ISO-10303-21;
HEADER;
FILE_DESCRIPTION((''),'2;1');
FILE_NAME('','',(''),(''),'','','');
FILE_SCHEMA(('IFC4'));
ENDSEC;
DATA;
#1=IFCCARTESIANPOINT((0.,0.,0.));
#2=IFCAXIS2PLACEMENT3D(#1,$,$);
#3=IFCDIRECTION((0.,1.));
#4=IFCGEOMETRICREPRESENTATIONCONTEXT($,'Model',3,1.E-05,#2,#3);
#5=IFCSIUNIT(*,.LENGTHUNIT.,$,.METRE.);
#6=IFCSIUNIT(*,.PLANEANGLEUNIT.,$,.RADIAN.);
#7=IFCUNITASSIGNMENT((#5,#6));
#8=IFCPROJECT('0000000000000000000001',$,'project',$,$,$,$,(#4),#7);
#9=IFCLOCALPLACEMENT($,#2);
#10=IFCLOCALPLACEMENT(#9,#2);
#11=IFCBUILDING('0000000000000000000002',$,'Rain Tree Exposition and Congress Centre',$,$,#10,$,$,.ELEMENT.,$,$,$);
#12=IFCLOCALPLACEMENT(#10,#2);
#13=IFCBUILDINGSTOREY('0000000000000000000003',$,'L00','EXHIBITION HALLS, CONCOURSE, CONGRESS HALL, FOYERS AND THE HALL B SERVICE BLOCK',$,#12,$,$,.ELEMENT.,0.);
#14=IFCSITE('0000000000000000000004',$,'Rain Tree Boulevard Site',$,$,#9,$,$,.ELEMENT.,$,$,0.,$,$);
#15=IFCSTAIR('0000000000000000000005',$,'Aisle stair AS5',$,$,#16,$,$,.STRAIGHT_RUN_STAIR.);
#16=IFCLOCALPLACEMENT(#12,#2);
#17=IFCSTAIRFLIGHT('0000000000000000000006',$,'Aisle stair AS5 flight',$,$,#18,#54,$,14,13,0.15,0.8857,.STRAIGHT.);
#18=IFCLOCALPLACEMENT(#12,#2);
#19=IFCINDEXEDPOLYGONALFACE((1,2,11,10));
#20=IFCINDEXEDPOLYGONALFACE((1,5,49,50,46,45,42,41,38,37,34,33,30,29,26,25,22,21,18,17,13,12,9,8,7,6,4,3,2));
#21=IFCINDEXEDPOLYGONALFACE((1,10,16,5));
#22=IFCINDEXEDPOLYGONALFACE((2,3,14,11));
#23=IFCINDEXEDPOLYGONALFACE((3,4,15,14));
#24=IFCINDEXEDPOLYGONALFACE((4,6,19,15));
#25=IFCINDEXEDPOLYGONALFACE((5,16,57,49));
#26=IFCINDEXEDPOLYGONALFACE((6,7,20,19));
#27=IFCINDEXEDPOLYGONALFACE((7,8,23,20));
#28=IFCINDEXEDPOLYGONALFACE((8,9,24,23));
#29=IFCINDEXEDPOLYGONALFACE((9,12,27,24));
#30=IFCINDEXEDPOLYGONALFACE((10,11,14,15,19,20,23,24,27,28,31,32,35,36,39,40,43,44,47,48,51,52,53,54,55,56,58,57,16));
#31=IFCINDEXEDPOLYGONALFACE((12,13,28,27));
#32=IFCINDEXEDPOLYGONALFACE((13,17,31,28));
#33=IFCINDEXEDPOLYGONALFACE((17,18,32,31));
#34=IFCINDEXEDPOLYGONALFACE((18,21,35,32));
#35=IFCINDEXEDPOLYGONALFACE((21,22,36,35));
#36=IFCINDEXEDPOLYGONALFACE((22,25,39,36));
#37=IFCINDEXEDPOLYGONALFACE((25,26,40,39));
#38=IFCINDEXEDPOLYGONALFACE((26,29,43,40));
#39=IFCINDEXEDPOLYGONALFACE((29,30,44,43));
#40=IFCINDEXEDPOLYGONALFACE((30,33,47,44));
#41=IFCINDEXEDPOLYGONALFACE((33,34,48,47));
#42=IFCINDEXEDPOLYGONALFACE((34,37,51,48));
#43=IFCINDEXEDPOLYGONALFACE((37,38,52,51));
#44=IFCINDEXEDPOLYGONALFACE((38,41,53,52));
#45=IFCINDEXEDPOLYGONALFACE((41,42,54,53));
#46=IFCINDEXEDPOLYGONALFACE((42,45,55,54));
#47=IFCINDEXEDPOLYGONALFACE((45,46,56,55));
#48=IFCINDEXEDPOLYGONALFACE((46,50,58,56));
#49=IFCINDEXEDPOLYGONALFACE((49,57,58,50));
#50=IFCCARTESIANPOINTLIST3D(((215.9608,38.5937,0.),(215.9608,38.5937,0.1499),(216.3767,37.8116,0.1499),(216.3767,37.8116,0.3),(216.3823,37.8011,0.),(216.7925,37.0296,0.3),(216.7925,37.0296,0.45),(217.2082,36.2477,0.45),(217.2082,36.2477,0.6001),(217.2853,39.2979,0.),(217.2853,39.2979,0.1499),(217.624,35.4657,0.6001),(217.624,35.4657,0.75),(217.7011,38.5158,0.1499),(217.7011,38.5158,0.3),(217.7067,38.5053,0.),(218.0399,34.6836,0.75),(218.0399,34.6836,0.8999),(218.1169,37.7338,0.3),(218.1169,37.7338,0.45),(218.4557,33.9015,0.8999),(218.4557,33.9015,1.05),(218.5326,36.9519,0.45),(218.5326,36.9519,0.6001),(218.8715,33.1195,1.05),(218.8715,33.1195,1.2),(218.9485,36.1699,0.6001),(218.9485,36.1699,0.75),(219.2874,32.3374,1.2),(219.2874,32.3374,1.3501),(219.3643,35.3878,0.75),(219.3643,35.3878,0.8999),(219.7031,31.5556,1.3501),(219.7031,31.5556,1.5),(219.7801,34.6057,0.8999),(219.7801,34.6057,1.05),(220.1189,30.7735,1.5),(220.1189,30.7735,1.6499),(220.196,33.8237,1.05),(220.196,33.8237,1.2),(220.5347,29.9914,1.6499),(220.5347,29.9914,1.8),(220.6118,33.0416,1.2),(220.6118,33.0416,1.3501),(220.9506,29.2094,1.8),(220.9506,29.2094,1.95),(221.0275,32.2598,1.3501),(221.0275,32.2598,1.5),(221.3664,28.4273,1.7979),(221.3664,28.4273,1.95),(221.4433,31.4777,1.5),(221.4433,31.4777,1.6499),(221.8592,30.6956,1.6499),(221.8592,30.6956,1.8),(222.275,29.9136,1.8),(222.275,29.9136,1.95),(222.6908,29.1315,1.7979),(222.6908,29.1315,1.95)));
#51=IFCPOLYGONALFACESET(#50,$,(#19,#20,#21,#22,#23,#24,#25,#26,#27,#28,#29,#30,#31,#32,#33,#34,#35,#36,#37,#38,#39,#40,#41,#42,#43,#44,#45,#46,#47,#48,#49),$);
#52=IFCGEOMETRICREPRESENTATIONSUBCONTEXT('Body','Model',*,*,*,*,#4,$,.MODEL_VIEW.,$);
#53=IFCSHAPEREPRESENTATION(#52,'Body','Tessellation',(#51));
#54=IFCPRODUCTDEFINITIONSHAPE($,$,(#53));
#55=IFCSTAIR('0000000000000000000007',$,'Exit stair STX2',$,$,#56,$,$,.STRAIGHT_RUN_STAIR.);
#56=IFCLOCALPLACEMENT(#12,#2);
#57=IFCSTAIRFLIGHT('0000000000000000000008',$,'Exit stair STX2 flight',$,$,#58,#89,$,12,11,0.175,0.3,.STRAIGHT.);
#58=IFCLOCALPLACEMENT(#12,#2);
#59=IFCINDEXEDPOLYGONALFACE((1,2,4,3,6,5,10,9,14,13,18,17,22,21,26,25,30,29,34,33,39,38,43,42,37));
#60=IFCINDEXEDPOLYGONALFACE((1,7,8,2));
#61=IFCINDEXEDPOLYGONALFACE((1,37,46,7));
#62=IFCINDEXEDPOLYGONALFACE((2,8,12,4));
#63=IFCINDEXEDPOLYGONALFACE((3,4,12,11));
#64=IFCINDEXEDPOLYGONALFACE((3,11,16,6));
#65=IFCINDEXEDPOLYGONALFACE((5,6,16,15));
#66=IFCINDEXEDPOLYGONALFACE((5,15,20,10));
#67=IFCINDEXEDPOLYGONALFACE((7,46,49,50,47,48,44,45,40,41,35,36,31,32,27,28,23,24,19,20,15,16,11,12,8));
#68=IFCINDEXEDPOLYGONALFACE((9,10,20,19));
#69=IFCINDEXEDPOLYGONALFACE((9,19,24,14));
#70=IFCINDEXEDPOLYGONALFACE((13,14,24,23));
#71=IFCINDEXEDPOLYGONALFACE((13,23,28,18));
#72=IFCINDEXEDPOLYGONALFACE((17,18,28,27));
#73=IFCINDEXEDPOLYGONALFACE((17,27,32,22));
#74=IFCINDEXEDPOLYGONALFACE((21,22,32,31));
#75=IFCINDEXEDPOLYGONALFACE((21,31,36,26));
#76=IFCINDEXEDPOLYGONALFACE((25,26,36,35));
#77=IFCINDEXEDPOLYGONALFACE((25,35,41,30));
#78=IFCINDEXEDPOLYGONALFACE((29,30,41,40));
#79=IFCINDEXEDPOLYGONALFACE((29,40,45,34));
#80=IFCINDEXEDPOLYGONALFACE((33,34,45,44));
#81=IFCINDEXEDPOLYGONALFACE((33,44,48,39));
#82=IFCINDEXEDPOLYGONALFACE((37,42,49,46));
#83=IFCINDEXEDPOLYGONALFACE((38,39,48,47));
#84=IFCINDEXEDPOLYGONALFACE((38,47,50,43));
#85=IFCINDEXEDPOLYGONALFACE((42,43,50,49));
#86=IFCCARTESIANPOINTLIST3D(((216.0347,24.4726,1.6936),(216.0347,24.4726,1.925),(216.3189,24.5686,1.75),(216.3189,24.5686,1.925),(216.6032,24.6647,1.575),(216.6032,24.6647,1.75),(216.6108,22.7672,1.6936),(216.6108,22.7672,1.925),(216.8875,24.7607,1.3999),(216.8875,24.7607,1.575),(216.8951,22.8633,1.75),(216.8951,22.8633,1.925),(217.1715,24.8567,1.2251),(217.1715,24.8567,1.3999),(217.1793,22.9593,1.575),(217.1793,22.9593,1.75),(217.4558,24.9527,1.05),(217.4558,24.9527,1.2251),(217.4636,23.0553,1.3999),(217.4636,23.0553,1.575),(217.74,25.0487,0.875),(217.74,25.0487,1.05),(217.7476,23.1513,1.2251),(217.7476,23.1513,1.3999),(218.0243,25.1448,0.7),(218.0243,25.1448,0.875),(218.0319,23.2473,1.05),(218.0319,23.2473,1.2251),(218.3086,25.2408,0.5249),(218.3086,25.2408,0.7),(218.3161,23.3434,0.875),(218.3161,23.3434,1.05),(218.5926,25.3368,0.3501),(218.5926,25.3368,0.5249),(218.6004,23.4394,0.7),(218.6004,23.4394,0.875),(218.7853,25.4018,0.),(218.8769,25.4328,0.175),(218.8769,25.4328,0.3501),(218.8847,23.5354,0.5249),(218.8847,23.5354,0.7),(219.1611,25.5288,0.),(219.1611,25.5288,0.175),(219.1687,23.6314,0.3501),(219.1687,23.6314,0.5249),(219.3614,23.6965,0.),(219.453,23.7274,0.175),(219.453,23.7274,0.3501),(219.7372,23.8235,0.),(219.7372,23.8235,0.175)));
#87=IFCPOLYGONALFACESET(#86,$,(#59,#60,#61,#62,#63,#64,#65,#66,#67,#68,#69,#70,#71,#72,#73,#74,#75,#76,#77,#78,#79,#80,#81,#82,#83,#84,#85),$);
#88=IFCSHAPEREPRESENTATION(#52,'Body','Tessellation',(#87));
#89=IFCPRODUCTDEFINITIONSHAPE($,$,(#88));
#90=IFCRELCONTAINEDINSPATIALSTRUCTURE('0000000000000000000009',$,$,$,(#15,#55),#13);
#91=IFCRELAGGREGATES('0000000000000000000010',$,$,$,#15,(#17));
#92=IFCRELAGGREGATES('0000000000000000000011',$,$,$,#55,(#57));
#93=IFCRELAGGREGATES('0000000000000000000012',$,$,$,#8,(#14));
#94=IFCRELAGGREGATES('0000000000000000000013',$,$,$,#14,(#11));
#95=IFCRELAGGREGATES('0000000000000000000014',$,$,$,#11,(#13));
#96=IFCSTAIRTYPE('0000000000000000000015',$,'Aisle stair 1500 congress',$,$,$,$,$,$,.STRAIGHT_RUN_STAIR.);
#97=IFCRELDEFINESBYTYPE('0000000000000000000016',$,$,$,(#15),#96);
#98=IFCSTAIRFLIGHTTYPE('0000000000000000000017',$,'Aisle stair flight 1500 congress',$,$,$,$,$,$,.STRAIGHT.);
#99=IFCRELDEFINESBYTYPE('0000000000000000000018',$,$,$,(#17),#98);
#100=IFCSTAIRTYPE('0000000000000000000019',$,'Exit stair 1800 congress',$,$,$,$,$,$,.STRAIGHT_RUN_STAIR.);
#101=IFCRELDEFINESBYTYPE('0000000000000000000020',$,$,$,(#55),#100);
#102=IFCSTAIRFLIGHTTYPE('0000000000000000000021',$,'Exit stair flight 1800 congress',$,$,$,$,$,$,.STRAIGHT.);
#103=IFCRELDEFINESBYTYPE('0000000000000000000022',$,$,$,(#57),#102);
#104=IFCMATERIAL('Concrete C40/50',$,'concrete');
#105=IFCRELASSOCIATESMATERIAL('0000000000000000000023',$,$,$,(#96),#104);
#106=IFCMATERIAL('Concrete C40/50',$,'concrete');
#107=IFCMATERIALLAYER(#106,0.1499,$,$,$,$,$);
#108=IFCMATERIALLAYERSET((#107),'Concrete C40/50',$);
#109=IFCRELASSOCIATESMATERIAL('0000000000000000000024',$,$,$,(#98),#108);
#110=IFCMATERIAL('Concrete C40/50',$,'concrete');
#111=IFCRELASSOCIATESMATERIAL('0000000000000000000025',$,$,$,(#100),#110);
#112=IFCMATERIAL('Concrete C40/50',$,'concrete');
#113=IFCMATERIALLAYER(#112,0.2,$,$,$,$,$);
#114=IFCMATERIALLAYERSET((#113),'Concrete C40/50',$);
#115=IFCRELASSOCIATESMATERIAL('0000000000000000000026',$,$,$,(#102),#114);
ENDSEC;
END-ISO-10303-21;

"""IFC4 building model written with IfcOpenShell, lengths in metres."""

from ifc_helpers import new_model, si_unit, direction, frame, origin, place, context, subcontext, project, spatial, polyline, outline, extrude, material, layer, layer_set, type_object, element, aggregate, save


model = new_model("IFC4")

# Units and contexts
model_context = context("Model", 3, precision=1e-05, world=origin(), true_north=direction((0.0, 1.0)))
body_context = subcontext(model_context, "Body", "Model", "MODEL_VIEW")
ifc_project = project(units=[si_unit("LENGTHUNIT", "METRE"), si_unit("PLANEANGLEUNIT", "RADIAN")], contexts=[model_context])

# Site, building, storey
site_placement = place(None, origin())
site = spatial("IfcSite", under=ifc_project, at=site_placement, Name="Rain Tree Boulevard Site", CompositionType="ELEMENT", RefElevation=0.0)
building_placement = place(site_placement, origin())
building = spatial("IfcBuilding", under=site, at=building_placement, Name="Rain Tree Exposition and Congress Centre", CompositionType="ELEMENT")
storey_placement = place(building_placement, origin())
storey = spatial("IfcBuildingStorey", under=building, at=storey_placement, Name="L00", Description="EXHIBITION HALLS, CONCOURSE, CONGRESS HALL, FOYERS AND THE HALL B SERVICE BLOCK", CompositionType="ELEMENT", Elevation=0.0)

# Stairs, stair flights
ifc_material_1 = material(Name="Concrete C40/50", Category="concrete")
stair_type_1 = type_object("IfcStairType", Name="Aisle stair 1500 congress", PredefinedType="STRAIGHT_RUN_STAIR", material=ifc_material_1)
ifc_material_2 = material(Name="Concrete C40/50", Category="concrete")
ifc_layer_1 = layer(ifc_material_2, 0.1499)
ifc_layer_set_1 = layer_set([ifc_layer_1], Name="Concrete C40/50")
stair_flight_type_1 = type_object("IfcStairFlightType", Name="Aisle stair flight 1500 congress", PredefinedType="STRAIGHT", material=ifc_layer_set_1)
stair_1_placement = place(storey_placement, origin())
stair_1 = element("IfcStair", 1, at=stair_1_placement, inside=storey, type_object=stair_type_1, Name="Aisle stair AS5", PredefinedType="STRAIGHT_RUN_STAIR")
stair_flight_1_placement = place(storey_placement, frame((216.623, 38.9458, 0.0), z_axis=(0.0, 0.0, 1.0), x_axis=(0.469472, -0.882948, 0.0)))
stair_flight_1 = element("IfcStairFlight", 2, at=stair_flight_1_placement, type_object=stair_flight_type_1, Name="Aisle stair AS5 flight", NumberOfRisers=14, NumberOfTreads=13, PredefinedType="STRAIGHT", RiserHeight=0.15, TreadLength=0.8857, context=body_context, shape_type="SweptSolid", body=[
    extrude(outline(polyline([(0.0, 0.0), (0.0, 0.1499), (0.8857, 0.1499), (0.8857, 0.3), (1.7715, 0.3), (1.7715, 0.45), (2.657, 0.45), (2.657, 0.6001), (3.5427, 0.6001), (3.5427, 0.75), (4.4285, 0.75), (4.4285, 0.8999), (5.3142, 0.8999), (5.3142, 1.05), (6.2, 1.05), (6.2, 1.2), (7.0857, 1.2), (7.0857, 1.3501), (7.9712, 1.3501), (7.9712, 1.5), (8.8569, 1.5), (8.8569, 1.6499), (9.7427, 1.6499), (9.7427, 1.8), (10.6284, 1.8), (10.6284, 1.95), (11.5142, 1.95), (11.5142, 2.1001), (11.5142, 1.7979), (0.8977, 0.0), (0.0, 0.0)])), frame((0.0, 0.75, 0.0), z_axis=(0.0, -1.0, 0.0), x_axis=(1.0, 0.0, 0.0)), (0.0, 0.0, 1.0), 1.5),
])
aggregate(stair_1, [stair_flight_1])
ifc_material_3 = material(Name="Concrete C40/50", Category="concrete")
stair_type_2 = type_object("IfcStairType", Name="Exit stair 1800 congress", PredefinedType="STRAIGHT_RUN_STAIR", material=ifc_material_3)
stair_2_placement = place(storey_placement, origin())
stair_2 = element("IfcStair", 3, at=stair_2_placement, inside=storey, type_object=stair_type_2, Name="Exit stair STX2", PredefinedType="STRAIGHT_RUN_STAIR")
ifc_material_4 = material(Name="Concrete C40/50", Category="concrete")
ifc_layer_2 = layer(ifc_material_4, 0.2)
ifc_layer_set_2 = layer_set([ifc_layer_2], Name="Concrete C40/50")
stair_flight_type_2 = type_object("IfcStairFlightType", Name="Exit stair flight 1800 congress", PredefinedType="STRAIGHT", material=ifc_layer_set_2)
stair_flight_2_placement = place(storey_placement, frame((219.4492, 24.676, 0.0), z_axis=(0.0, 0.0, 1.0), x_axis=(-0.947396, -0.320062, 0.0)))
stair_flight_2 = element("IfcStairFlight", 4, at=stair_flight_2_placement, type_object=stair_flight_type_2, Name="Exit stair STX2 flight", NumberOfRisers=12, NumberOfTreads=11, PredefinedType="STRAIGHT", RiserHeight=0.175, TreadLength=0.3, context=body_context, shape_type="SweptSolid", body=[
    extrude(outline(polyline([(0.0, 0.0), (0.0, 0.175), (0.3, 0.175), (0.3, 0.3501), (0.6001, 0.3501), (0.6001, 0.5249), (0.8999, 0.5249), (0.8999, 0.7), (1.2, 0.7), (1.2, 0.875), (1.5, 0.875), (1.5, 1.05), (1.8, 1.05), (1.8, 1.2251), (2.1001, 1.2251), (2.1001, 1.3999), (2.3999, 1.3999), (2.3999, 1.575), (2.7, 1.575), (2.7, 1.75), (3.0, 1.75), (3.0, 1.925), (3.3, 1.925), (3.3, 2.1001), (3.3, 1.6936), (0.3967, 0.0), (0.0, 0.0)])), frame((0.0, 0.8999, 0.0), z_axis=(0.0, -1.0, 0.0), x_axis=(1.0, 0.0, 0.0)), (0.0, 0.0, 1.0), 1.8),
])
aggregate(stair_2, [stair_flight_2])

save(model, "model.ifc")
